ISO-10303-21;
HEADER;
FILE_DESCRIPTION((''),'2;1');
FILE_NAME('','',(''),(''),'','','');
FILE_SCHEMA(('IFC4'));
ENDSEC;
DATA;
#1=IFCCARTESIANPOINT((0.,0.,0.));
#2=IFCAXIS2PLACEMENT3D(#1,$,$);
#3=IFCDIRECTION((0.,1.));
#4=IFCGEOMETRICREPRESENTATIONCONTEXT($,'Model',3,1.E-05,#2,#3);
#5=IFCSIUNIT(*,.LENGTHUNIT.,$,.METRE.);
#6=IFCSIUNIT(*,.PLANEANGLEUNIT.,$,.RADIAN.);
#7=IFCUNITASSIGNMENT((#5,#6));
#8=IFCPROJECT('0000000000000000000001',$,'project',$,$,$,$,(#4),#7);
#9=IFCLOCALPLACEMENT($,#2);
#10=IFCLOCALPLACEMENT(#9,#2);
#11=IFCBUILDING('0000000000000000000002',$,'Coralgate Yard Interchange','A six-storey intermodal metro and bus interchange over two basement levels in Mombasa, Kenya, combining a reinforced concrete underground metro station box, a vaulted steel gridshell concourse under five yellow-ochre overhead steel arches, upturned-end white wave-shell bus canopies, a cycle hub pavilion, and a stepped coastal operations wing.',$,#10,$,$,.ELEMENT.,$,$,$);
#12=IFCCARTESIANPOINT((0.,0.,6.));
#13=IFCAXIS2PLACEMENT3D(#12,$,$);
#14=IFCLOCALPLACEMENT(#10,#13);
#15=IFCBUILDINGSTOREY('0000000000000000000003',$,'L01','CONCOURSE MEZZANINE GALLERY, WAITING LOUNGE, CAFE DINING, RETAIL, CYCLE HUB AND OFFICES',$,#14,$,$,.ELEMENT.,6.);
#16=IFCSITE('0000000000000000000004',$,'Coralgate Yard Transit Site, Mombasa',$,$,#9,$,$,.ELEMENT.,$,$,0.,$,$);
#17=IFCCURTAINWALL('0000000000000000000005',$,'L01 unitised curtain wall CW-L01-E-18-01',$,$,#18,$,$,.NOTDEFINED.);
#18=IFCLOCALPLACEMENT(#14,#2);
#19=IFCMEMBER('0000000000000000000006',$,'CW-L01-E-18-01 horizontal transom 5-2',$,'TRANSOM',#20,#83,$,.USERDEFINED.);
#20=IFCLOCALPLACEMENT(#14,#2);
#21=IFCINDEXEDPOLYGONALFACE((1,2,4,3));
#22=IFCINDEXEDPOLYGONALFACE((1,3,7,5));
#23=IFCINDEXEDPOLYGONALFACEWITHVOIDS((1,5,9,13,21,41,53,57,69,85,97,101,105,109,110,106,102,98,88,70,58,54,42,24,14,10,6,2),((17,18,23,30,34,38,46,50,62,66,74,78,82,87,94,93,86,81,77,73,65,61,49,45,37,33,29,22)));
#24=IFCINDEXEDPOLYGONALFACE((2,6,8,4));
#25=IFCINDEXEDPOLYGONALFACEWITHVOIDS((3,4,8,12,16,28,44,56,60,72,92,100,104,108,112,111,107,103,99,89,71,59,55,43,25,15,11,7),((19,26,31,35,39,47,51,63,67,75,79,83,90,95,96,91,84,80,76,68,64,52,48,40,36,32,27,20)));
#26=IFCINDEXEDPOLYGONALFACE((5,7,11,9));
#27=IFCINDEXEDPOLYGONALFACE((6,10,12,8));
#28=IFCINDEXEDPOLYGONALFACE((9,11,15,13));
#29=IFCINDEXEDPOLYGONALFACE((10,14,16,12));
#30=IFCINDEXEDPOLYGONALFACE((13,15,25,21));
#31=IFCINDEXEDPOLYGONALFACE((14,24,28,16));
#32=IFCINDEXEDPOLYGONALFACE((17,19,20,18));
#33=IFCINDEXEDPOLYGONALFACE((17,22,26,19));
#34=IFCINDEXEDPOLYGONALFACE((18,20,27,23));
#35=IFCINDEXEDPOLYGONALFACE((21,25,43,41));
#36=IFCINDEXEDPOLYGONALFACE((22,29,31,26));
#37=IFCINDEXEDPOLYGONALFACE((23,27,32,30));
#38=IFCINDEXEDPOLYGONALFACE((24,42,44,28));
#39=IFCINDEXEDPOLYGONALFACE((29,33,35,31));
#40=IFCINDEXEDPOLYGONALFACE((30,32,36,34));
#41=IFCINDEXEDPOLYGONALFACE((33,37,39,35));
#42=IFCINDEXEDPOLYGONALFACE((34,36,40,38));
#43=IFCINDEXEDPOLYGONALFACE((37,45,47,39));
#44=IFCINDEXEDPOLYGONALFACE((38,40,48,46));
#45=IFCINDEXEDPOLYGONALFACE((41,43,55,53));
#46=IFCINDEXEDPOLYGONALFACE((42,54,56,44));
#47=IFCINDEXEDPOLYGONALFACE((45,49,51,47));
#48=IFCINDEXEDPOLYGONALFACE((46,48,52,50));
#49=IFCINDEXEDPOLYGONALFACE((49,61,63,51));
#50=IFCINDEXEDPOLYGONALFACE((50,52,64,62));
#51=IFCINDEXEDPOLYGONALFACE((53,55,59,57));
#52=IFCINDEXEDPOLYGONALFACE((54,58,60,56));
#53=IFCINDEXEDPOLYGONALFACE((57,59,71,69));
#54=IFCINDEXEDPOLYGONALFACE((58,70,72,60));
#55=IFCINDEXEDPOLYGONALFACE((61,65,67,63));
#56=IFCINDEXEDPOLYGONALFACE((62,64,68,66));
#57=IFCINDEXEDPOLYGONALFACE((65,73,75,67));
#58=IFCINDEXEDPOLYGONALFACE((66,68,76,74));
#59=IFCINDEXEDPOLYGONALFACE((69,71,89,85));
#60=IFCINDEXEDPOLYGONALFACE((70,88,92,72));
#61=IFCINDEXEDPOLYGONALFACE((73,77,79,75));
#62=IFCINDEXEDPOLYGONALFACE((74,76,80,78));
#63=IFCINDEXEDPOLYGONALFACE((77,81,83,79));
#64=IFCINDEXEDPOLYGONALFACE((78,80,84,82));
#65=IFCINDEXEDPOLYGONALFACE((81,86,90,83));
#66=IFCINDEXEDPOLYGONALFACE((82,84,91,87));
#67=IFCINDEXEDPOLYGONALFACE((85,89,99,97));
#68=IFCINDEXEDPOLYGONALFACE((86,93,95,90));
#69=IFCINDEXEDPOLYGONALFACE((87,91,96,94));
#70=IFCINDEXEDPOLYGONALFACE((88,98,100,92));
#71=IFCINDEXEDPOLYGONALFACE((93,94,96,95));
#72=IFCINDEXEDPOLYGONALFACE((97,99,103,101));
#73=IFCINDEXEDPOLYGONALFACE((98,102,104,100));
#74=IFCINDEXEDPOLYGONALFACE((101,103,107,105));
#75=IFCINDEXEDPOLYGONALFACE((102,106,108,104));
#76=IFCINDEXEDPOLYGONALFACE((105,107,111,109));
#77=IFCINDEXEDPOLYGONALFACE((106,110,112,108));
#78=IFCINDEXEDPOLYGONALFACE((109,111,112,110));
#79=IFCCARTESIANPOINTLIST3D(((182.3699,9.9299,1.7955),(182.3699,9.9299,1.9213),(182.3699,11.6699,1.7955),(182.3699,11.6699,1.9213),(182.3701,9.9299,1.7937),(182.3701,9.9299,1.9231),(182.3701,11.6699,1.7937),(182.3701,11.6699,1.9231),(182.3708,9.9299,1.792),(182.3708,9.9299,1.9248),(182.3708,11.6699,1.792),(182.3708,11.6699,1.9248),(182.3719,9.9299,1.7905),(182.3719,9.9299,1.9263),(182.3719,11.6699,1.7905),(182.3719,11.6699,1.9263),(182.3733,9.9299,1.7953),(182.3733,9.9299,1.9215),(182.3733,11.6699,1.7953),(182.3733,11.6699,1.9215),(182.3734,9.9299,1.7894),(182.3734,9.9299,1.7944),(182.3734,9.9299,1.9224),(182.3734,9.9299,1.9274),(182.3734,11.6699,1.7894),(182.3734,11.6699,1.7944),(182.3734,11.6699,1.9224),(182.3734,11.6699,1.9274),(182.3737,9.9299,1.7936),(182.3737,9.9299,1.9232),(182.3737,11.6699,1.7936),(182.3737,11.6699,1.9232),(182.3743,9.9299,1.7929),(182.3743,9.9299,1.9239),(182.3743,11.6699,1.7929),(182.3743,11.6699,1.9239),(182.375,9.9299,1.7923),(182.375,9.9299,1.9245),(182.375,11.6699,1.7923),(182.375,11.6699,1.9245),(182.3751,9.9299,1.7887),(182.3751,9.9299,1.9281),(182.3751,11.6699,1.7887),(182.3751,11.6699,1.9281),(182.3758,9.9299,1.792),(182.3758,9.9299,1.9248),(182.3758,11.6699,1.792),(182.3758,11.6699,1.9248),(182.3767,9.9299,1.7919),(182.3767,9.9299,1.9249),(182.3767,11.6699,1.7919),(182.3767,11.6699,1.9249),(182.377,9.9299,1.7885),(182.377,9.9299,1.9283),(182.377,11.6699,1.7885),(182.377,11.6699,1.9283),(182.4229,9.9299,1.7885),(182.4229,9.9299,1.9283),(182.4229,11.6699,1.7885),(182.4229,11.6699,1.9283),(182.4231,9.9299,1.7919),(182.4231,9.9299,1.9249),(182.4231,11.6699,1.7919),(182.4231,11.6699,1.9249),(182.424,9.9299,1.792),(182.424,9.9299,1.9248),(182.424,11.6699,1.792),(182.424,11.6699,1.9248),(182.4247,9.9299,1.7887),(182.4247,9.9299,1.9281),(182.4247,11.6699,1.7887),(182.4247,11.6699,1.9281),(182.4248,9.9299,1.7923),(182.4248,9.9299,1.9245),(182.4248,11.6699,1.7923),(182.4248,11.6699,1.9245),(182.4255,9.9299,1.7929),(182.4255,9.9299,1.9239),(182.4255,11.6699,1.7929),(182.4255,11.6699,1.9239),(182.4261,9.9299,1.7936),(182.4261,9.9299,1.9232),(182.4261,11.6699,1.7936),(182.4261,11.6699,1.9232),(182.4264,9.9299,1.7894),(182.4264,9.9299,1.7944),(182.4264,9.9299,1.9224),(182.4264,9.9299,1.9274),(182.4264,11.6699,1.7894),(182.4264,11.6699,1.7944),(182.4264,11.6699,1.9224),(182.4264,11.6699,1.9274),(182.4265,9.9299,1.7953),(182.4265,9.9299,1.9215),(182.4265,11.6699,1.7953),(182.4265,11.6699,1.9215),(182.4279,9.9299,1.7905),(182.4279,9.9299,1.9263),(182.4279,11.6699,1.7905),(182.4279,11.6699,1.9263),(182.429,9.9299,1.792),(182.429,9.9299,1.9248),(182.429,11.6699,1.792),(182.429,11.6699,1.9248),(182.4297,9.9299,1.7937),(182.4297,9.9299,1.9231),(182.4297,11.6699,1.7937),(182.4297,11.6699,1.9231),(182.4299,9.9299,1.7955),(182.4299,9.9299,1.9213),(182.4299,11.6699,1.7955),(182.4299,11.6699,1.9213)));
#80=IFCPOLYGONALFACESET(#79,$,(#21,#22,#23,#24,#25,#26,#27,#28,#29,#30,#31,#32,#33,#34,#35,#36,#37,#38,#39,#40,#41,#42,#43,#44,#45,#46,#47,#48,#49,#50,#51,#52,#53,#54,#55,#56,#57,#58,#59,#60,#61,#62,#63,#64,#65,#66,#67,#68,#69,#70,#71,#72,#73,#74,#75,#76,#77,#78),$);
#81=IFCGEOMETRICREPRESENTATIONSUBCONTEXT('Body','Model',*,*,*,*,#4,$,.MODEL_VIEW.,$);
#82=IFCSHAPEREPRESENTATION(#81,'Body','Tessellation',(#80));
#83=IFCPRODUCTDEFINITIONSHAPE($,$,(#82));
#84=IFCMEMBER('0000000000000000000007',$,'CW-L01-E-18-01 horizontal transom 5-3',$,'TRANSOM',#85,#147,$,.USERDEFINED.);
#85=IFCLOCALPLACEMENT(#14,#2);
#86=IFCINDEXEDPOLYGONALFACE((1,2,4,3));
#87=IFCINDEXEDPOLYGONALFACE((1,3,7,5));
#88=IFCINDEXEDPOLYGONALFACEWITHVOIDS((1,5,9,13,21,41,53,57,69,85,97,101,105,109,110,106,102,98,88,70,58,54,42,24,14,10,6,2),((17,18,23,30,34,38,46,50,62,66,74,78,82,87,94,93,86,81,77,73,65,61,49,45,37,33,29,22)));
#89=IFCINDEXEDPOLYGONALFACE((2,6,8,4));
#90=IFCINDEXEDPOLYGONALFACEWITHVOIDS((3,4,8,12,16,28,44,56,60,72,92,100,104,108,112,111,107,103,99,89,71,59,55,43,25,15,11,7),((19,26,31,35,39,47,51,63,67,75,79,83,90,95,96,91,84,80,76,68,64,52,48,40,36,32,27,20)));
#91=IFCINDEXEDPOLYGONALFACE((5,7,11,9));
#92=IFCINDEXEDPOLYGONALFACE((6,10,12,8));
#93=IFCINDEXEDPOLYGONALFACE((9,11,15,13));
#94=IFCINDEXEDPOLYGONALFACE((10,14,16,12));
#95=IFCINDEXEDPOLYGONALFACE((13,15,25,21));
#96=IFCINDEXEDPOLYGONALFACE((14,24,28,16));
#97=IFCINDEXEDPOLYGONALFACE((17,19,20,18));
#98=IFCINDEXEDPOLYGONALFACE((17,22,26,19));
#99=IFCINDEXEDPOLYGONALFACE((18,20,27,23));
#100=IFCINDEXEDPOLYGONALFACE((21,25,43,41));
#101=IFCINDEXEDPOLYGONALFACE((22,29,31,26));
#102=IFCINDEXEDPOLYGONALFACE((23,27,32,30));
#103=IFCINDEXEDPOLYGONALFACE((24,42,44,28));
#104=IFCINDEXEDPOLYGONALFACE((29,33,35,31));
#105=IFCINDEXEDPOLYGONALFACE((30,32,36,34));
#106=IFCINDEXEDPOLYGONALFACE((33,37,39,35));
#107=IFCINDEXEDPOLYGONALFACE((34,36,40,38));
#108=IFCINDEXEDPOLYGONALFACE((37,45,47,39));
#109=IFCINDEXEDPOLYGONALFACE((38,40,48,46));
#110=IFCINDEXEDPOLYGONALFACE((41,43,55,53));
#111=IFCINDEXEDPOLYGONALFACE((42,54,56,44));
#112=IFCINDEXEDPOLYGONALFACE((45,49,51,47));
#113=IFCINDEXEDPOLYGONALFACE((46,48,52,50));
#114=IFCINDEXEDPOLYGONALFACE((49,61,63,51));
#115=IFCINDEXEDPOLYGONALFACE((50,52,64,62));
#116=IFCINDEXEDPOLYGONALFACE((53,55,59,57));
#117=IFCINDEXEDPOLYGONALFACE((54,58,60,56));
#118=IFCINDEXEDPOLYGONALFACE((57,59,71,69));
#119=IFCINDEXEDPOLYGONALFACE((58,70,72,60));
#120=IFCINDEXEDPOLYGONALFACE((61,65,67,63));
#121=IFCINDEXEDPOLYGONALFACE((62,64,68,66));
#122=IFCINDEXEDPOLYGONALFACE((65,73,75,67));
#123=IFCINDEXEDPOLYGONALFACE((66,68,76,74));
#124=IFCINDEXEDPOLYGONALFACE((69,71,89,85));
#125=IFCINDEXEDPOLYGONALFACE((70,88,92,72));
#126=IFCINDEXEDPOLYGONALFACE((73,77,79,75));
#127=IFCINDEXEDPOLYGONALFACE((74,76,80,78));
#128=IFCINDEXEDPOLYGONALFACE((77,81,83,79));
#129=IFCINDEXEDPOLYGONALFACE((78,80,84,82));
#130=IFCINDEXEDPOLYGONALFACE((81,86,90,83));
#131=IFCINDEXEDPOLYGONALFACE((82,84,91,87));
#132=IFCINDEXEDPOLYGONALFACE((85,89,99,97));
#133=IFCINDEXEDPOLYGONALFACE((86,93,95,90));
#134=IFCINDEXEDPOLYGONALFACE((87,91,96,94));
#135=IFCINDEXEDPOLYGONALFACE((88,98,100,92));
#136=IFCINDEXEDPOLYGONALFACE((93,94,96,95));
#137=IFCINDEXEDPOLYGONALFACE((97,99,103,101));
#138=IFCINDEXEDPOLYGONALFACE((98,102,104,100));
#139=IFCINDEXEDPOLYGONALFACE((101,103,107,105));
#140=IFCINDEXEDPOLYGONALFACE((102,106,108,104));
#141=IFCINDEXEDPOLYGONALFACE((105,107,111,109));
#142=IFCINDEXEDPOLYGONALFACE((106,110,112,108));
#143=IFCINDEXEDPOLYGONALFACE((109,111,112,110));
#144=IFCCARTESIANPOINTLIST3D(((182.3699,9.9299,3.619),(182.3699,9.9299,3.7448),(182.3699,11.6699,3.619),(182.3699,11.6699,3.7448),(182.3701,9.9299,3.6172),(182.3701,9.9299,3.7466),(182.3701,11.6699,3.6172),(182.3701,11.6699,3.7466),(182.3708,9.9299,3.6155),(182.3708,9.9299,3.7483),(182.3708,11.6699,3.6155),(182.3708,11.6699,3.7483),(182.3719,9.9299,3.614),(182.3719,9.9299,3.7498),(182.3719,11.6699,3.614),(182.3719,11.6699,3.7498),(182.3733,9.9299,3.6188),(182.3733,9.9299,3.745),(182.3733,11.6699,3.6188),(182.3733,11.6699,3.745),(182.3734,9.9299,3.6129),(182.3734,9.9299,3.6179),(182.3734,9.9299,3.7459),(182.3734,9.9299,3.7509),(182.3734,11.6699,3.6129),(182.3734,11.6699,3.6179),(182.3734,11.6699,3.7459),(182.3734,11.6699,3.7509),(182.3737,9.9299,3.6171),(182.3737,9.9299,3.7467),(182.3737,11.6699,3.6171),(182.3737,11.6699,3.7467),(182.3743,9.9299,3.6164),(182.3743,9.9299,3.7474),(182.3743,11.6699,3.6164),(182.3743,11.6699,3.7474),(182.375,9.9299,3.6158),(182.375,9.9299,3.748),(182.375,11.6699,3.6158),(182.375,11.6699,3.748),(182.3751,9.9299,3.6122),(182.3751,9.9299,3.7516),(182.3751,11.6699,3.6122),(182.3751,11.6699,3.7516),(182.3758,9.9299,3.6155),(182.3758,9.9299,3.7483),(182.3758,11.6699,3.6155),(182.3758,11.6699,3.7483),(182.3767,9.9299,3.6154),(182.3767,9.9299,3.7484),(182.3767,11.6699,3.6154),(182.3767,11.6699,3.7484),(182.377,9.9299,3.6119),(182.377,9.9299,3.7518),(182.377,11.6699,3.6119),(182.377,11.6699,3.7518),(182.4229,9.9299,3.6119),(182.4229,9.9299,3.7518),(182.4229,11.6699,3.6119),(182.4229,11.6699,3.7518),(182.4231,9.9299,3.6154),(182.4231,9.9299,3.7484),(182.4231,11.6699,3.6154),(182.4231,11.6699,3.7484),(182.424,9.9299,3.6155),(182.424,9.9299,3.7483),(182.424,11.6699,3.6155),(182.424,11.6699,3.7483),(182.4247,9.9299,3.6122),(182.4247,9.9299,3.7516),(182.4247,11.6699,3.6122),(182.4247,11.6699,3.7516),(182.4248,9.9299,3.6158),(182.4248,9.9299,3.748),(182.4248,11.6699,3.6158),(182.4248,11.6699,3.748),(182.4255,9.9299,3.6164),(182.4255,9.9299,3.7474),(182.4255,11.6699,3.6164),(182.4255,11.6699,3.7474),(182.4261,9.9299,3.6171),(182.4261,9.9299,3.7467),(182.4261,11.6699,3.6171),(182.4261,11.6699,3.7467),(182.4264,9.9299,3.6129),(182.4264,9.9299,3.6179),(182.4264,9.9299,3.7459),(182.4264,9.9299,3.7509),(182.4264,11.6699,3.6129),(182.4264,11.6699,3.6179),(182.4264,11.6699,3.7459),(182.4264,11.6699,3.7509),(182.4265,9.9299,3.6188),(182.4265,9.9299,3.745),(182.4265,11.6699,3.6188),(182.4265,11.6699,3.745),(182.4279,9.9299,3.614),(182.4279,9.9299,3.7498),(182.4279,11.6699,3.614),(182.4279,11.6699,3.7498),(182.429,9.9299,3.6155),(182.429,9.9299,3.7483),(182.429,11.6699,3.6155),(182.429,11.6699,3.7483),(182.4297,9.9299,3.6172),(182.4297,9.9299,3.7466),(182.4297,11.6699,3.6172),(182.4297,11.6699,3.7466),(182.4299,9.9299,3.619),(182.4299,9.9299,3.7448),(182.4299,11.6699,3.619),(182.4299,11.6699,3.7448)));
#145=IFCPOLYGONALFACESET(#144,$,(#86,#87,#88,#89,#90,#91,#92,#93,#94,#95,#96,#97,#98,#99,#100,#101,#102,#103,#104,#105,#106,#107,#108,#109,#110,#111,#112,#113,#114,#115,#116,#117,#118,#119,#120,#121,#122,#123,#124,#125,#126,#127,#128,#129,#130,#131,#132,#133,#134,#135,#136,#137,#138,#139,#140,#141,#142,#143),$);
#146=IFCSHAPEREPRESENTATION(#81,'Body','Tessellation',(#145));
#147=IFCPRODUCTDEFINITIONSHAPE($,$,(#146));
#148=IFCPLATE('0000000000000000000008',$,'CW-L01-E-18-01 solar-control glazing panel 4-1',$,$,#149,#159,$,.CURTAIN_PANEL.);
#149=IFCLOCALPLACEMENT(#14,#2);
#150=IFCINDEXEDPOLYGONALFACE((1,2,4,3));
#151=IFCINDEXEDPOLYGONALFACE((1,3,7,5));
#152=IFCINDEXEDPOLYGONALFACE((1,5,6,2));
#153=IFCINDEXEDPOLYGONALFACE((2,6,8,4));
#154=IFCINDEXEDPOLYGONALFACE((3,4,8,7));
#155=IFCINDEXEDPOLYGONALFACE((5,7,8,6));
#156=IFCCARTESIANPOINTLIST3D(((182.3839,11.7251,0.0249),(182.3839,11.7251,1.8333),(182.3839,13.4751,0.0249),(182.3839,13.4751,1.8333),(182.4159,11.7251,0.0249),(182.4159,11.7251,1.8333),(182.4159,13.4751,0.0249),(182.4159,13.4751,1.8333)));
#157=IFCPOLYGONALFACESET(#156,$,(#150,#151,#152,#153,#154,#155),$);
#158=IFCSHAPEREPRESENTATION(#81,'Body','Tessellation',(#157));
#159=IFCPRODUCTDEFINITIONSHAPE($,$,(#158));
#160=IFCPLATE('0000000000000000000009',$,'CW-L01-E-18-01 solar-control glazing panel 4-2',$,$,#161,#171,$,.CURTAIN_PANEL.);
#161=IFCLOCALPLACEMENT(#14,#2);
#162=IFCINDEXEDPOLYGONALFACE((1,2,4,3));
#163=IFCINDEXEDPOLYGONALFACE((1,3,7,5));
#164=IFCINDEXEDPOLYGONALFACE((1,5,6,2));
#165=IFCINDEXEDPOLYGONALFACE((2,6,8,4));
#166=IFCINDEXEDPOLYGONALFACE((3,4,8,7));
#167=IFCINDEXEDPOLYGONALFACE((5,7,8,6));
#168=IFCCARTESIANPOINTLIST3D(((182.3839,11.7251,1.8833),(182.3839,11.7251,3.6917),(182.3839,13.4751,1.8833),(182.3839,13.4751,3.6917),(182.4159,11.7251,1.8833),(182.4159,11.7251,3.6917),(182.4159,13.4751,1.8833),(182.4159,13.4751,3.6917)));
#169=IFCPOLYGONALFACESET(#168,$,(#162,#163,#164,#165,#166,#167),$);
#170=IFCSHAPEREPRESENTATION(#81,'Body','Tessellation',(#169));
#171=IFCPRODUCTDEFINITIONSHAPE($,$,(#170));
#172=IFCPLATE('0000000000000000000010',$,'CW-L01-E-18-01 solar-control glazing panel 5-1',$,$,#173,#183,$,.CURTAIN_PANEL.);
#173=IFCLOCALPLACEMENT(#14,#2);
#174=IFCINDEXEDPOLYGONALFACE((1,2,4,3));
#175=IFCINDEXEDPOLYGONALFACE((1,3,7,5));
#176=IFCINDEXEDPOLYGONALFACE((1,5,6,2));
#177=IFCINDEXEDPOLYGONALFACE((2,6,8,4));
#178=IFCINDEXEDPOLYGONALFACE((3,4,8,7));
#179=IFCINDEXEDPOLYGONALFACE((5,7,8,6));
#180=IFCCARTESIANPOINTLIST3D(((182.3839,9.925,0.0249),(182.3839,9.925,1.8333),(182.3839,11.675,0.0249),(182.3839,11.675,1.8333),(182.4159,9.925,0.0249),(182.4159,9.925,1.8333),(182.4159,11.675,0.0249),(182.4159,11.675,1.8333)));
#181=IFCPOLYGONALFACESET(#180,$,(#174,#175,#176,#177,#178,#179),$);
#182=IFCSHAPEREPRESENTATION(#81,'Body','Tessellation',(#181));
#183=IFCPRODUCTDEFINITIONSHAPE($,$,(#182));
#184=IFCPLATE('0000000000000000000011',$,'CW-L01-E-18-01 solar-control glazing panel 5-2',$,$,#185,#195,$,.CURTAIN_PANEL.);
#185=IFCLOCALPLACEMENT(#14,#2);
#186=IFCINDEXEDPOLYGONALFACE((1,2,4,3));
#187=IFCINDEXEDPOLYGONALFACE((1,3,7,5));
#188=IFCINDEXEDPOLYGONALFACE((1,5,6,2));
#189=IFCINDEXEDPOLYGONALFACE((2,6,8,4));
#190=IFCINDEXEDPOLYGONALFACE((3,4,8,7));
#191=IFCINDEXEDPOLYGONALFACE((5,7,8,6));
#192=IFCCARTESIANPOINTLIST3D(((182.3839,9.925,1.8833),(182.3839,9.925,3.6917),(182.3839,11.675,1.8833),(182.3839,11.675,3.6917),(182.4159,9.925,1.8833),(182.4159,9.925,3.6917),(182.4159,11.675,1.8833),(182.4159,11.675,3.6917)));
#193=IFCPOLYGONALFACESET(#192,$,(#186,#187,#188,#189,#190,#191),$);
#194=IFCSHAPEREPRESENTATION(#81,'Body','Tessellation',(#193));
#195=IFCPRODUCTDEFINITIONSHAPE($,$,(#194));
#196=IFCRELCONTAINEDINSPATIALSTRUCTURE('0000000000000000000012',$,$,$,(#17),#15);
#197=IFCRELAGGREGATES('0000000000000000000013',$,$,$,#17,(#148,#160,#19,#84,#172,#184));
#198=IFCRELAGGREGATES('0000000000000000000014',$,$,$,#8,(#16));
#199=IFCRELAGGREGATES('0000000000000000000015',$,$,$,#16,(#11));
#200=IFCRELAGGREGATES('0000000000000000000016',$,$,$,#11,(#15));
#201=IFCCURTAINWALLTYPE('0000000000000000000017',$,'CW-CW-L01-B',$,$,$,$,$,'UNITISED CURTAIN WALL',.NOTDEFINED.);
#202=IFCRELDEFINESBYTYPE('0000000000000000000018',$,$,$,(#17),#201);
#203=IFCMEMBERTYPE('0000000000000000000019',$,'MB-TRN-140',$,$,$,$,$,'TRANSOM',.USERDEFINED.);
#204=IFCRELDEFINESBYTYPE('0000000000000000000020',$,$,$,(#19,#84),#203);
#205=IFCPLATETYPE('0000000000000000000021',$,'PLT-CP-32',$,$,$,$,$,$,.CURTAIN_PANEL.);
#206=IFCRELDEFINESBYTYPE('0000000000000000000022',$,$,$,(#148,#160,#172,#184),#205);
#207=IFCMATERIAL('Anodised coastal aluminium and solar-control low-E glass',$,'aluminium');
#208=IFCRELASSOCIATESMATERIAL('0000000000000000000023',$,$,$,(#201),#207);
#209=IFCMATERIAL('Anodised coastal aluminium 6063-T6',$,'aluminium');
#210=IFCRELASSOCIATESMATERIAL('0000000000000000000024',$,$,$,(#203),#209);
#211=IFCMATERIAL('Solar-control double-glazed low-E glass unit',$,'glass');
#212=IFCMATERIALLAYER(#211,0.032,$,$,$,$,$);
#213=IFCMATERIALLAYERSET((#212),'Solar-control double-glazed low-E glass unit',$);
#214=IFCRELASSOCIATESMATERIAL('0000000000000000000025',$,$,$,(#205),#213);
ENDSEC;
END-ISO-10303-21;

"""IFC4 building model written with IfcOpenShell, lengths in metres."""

from ifc_helpers import new_model, si_unit, direction, frame, origin, origin_2d, place, context, subcontext, project, spatial, rectangle, hollow_rectangle, extrude, material, layer, layer_set, material_profile, profile_set, type_object, element, aggregate, save


model = new_model("IFC4")

# Units and contexts
model_context = context("Model", 3, precision=1e-05, world=origin(), true_north=direction((0.0, 1.0)))
body_context = subcontext(model_context, "Body", "Model", "MODEL_VIEW")
ifc_project = project(units=[si_unit("LENGTHUNIT", "METRE"), si_unit("PLANEANGLEUNIT", "RADIAN")], contexts=[model_context])

# Site, building, storey
site_placement = place(None, origin())
site = spatial("IfcSite", under=ifc_project, at=site_placement, Name="Coralgate Yard Transit Site, Mombasa", CompositionType="ELEMENT", RefElevation=0.0)
building_placement = place(site_placement, origin())
building = spatial("IfcBuilding", under=site, at=building_placement, Name="Coralgate Yard Interchange", Description="A six-storey intermodal metro and bus interchange over two basement levels in Mombasa, Kenya, combining a reinforced concrete underground metro station box, a vaulted steel gridshell concourse under five yellow-ochre overhead steel arches, upturned-end white wave-shell bus canopies, a cycle hub pavilion, and a stepped coastal operations wing.", CompositionType="ELEMENT")
storey_placement = place(building_placement, frame((0.0, 0.0, 6.0)))
storey = spatial("IfcBuildingStorey", under=building, at=storey_placement, Name="L01", Description="CONCOURSE MEZZANINE GALLERY, WAITING LOUNGE, CAFE DINING, RETAIL, CYCLE HUB AND OFFICES", CompositionType="ELEMENT", Elevation=6.0)

# Curtain wall, members, plates
ifc_material_1 = material(Name="Anodised coastal aluminium and solar-control low-E glass", Category="aluminium")
curtain_wall_type = type_object("IfcCurtainWallType", Name="CW-CW-L01-B", ElementType="UNITISED CURTAIN WALL", PredefinedType="NOTDEFINED", material=ifc_material_1)
curtain_wall_placement = place(storey_placement, origin())
curtain_wall = element("IfcCurtainWall", 1, at=curtain_wall_placement, inside=storey, type_object=curtain_wall_type, Name="L01 unitised curtain wall CW-L01-E-18-01", PredefinedType="NOTDEFINED")
ifc_material_2 = material(Name="Anodised coastal aluminium 6063-T6", Category="aluminium")
ifc_material_profile_1 = material_profile(ifc_material_2, hollow_rectangle(XDim=0.0601, YDim=0.1399, WallThickness=0.0034, InnerFilletRadius=0.0034, OuterFilletRadius=0.0071, at=origin_2d()), Name="ALU 60x140x3.5")
ifc_profile_set_1 = profile_set([ifc_material_profile_1], Name="Anodised coastal aluminium 6063-T6")
member_type_1 = type_object("IfcMemberType", Name="MB-TRN-140", ElementType="TRANSOM", PredefinedType="USERDEFINED", material=ifc_profile_set_1)
member_1_placement = place(storey_placement, frame((182.3999, 11.6699, 1.8584), z_axis=(0.0, -1.0, 0.0), x_axis=(1.0, 0.0, 0.0)))
member_1 = element("IfcMember", 2, at=member_1_placement, type_object=member_type_1, Name="CW-L01-E-18-01 horizontal transom 5-2", ObjectType="TRANSOM", PredefinedType="USERDEFINED", context=body_context, shape_type="SweptSolid", body=[
    extrude(hollow_rectangle(XDim=0.0601, YDim=0.1399, WallThickness=0.0034, InnerFilletRadius=0.0034, OuterFilletRadius=0.0071, at=origin_2d()), origin(), (0.0, 0.0, 1.0), 1.74),
])
member_2_placement = place(storey_placement, frame((182.3999, 11.6699, 3.6819), z_axis=(0.0, -1.0, 0.0), x_axis=(1.0, 0.0, 0.0)))
member_2 = element("IfcMember", 3, at=member_2_placement, type_object=member_type_1, Name="CW-L01-E-18-01 horizontal transom 5-3", ObjectType="TRANSOM", PredefinedType="USERDEFINED", context=body_context, shape_type="SweptSolid", body=[
    extrude(hollow_rectangle(XDim=0.0601, YDim=0.1399, WallThickness=0.0034, InnerFilletRadius=0.0034, OuterFilletRadius=0.0071, at=origin_2d()), origin(), (0.0, 0.0, 1.0), 1.74),
])
ifc_material_3 = material(Name="Solar-control double-glazed low-E glass unit", Category="glass")
ifc_layer_1 = layer(ifc_material_3, 0.032)
ifc_layer_set_1 = layer_set([ifc_layer_1], Name="Solar-control double-glazed low-E glass unit")
plate_type = type_object("IfcPlateType", Name="PLT-CP-32", PredefinedType="CURTAIN_PANEL", material=ifc_layer_set_1)
plate_1_placement = place(storey_placement, frame((182.3999, 12.6001, 0.0249), z_axis=(0.0, 0.0, 1.0), x_axis=(0.0, -1.0, 0.0)))
plate_1 = element("IfcPlate", 4, at=plate_1_placement, type_object=plate_type, Name="CW-L01-E-18-01 solar-control glazing panel 4-1", PredefinedType="CURTAIN_PANEL", context=body_context, shape_type="SweptSolid", body=[
    extrude(rectangle(XDim=1.75, YDim=0.032, at=origin_2d()), origin(), (0.0, 0.0, 1.0), 1.8083),
])
plate_2_placement = place(storey_placement, frame((182.3999, 12.6001, 1.8833), z_axis=(0.0, 0.0, 1.0), x_axis=(0.0, -1.0, 0.0)))
plate_2 = element("IfcPlate", 5, at=plate_2_placement, type_object=plate_type, Name="CW-L01-E-18-01 solar-control glazing panel 4-2", PredefinedType="CURTAIN_PANEL", context=body_context, shape_type="SweptSolid", body=[
    extrude(rectangle(XDim=1.75, YDim=0.032, at=origin_2d()), origin(), (0.0, 0.0, 1.0), 1.8083),
])
plate_3_placement = place(storey_placement, frame((182.3999, 10.8, 0.0249), z_axis=(0.0, 0.0, 1.0), x_axis=(0.0, -1.0, 0.0)))
plate_3 = element("IfcPlate", 6, at=plate_3_placement, type_object=plate_type, Name="CW-L01-E-18-01 solar-control glazing panel 5-1", PredefinedType="CURTAIN_PANEL", context=body_context, shape_type="SweptSolid", body=[
    extrude(rectangle(XDim=1.75, YDim=0.032, at=origin_2d()), origin(), (0.0, 0.0, 1.0), 1.8083),
])
plate_4_placement = place(storey_placement, frame((182.3999, 10.8, 1.8833), z_axis=(0.0, 0.0, 1.0), x_axis=(0.0, -1.0, 0.0)))
plate_4 = element("IfcPlate", 7, at=plate_4_placement, type_object=plate_type, Name="CW-L01-E-18-01 solar-control glazing panel 5-2", PredefinedType="CURTAIN_PANEL", context=body_context, shape_type="SweptSolid", body=[
    extrude(rectangle(XDim=1.75, YDim=0.032, at=origin_2d()), origin(), (0.0, 0.0, 1.0), 1.8083),
])
aggregate(curtain_wall, [plate_1, plate_2, member_1, member_2, plate_3, plate_4])

save(model, "model.ifc")
